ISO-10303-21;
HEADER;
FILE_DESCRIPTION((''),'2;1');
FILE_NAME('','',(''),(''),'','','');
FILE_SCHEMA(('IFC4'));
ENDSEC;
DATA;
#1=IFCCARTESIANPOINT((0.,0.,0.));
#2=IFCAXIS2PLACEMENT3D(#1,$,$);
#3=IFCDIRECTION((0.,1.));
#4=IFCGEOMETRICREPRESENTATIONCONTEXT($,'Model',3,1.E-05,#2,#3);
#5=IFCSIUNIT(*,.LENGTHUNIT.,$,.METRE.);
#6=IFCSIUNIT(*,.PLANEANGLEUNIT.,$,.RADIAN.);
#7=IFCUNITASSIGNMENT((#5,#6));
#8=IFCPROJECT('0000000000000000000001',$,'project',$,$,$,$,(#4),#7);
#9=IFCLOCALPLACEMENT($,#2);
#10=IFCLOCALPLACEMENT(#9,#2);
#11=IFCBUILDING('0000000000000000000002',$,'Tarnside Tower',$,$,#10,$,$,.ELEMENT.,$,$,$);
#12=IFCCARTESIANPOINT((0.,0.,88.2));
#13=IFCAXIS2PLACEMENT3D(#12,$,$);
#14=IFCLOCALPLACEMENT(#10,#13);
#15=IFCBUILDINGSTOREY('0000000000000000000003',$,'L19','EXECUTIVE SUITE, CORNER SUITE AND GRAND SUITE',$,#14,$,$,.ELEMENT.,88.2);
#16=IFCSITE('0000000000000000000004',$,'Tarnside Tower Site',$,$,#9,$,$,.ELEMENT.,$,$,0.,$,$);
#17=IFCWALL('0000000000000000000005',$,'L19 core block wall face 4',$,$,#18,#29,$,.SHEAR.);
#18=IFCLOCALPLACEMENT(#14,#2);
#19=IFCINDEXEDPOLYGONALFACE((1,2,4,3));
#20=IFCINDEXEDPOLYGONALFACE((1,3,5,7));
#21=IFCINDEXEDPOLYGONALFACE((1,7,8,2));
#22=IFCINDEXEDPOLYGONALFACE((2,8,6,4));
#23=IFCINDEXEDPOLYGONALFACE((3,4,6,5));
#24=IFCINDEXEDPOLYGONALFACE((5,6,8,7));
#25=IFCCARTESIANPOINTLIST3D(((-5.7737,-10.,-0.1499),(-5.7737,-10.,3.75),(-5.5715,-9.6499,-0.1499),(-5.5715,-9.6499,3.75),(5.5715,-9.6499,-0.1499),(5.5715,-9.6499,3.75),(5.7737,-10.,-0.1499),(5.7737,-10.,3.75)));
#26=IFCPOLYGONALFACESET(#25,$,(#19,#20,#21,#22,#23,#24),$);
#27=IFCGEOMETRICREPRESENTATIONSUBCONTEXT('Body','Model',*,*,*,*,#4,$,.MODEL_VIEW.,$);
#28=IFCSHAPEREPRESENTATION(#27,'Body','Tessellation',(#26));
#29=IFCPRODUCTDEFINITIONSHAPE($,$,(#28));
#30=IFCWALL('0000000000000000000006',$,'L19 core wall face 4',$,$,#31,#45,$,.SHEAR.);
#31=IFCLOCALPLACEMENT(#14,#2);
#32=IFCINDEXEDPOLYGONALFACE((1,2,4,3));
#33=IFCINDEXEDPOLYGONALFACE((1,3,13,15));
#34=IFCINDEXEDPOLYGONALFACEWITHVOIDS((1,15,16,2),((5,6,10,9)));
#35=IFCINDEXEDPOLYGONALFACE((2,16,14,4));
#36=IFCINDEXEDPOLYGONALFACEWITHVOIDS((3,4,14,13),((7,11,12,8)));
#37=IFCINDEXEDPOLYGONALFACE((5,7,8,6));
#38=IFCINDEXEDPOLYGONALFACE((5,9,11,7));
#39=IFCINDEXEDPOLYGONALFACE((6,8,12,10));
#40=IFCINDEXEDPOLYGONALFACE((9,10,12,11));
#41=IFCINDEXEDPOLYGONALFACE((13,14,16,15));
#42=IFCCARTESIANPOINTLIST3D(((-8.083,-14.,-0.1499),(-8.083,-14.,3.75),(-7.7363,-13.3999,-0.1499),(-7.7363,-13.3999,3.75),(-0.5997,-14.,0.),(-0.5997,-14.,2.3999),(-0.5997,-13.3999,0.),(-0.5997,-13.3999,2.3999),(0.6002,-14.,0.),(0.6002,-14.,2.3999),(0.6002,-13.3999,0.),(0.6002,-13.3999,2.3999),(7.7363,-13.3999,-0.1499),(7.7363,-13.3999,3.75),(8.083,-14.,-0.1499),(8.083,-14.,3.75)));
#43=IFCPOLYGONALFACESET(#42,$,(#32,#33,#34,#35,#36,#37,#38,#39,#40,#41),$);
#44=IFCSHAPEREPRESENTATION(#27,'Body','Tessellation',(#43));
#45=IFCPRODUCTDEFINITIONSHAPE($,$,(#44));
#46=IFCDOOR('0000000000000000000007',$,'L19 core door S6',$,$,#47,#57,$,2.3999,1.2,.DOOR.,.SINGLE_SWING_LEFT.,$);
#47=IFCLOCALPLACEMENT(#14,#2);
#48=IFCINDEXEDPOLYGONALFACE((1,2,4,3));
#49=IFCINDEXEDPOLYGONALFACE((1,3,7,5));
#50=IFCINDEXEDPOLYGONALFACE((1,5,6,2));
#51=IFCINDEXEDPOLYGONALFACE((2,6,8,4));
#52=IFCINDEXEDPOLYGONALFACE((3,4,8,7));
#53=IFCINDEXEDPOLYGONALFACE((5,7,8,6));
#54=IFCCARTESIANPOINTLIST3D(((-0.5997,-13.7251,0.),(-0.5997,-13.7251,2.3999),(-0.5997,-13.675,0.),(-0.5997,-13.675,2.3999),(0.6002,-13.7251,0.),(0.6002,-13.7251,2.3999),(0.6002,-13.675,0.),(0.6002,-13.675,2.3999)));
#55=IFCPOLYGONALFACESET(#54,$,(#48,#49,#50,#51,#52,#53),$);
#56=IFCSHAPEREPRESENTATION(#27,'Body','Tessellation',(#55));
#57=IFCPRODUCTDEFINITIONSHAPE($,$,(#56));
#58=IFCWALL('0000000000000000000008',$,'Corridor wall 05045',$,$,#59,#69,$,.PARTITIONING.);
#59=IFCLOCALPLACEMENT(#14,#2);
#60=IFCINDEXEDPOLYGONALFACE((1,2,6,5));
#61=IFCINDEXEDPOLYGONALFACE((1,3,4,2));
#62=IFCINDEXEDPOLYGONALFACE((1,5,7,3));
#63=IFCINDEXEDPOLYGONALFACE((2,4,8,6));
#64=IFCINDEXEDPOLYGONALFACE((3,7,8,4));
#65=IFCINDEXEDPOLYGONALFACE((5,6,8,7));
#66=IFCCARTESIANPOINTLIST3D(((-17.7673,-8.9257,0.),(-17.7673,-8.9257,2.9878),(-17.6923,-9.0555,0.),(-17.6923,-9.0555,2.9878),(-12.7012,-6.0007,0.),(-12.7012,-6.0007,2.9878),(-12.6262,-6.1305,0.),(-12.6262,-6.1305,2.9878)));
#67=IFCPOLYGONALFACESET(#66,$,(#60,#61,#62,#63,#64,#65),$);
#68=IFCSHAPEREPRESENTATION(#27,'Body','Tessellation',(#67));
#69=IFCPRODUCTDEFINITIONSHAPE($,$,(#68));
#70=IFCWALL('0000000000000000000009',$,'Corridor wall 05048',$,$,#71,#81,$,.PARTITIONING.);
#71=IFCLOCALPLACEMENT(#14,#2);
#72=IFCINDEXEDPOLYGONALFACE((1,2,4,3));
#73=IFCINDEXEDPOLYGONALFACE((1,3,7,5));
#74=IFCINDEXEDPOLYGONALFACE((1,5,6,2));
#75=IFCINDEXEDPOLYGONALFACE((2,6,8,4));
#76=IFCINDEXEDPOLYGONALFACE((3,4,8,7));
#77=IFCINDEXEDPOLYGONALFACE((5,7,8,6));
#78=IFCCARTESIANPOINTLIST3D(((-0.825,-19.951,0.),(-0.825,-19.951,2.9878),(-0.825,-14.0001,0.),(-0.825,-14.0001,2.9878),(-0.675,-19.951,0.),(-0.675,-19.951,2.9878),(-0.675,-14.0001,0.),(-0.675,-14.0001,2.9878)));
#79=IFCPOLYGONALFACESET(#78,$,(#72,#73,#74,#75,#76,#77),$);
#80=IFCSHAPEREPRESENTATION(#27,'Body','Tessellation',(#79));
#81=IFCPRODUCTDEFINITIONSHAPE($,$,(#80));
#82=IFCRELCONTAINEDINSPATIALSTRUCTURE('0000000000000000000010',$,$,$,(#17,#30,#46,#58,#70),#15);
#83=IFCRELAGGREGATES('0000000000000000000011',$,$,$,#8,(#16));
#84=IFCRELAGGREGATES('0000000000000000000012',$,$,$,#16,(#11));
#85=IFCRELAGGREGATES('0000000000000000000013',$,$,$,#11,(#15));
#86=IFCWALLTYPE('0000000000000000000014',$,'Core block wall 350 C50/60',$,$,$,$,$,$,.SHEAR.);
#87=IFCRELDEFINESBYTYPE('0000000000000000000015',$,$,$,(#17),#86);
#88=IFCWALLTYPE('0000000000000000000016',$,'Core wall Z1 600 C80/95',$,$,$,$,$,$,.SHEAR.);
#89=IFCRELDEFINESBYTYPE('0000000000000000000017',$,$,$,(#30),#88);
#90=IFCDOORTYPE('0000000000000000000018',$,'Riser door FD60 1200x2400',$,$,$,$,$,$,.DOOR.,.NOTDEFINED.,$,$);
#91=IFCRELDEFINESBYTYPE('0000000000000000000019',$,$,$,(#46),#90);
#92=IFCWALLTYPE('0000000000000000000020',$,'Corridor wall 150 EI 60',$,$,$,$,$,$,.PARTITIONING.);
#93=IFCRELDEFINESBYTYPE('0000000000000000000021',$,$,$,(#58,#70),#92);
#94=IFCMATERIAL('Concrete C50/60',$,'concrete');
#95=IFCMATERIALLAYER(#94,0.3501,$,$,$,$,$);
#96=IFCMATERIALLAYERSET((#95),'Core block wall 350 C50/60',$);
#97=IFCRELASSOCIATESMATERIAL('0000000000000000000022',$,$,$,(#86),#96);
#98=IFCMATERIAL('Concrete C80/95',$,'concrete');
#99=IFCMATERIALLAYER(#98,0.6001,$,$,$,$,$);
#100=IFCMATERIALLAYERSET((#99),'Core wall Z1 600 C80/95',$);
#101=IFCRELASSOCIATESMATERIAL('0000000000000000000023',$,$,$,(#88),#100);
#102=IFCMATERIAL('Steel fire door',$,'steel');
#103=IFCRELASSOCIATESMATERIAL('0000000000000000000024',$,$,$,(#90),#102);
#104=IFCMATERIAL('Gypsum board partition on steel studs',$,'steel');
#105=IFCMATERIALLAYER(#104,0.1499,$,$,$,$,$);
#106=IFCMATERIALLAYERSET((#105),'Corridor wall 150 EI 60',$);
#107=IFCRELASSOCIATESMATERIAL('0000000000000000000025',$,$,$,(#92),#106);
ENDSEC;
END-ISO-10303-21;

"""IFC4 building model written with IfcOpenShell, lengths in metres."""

from ifc_helpers import new_model, si_unit, direction, frame, frame_2d, origin, place, context, subcontext, project, spatial, polyline, rectangle, outline, extrude, material, layer, layer_set, type_object, element, fill, save


model = new_model("IFC4")

# Units and contexts
model_context = context("Model", 3, precision=1e-05, world=origin(), true_north=direction((0.0, 1.0)))
body_context = subcontext(model_context, "Body", "Model", "MODEL_VIEW")
ifc_project = project(units=[si_unit("LENGTHUNIT", "METRE"), si_unit("PLANEANGLEUNIT", "RADIAN")], contexts=[model_context])

# Site, building, storey
site_placement = place(None, origin())
site = spatial("IfcSite", under=ifc_project, at=site_placement, Name="Tarnside Tower Site", CompositionType="ELEMENT", RefElevation=0.0)
building_placement = place(site_placement, origin())
building = spatial("IfcBuilding", under=site, at=building_placement, Name="Tarnside Tower", CompositionType="ELEMENT")
storey_placement = place(building_placement, frame((0.0, 0.0, 88.2)))
storey = spatial("IfcBuildingStorey", under=building, at=storey_placement, Name="L19", Description="EXECUTIVE SUITE, CORNER SUITE AND GRAND SUITE", CompositionType="ELEMENT", Elevation=88.2)

# Wall
ifc_material_1 = material(Name="Concrete C50/60", Category="concrete")
ifc_layer_1 = layer(ifc_material_1, 0.3501)
ifc_layer_set_1 = layer_set([ifc_layer_1], Name="Core block wall 350 C50/60")
wall_type_1 = type_object("IfcWallType", Name="Core block wall 350 C50/60", PredefinedType="SHEAR", material=ifc_layer_set_1)
wall_1_placement = place(storey_placement, frame((-5.6726, -9.825, -0.1499), z_axis=(0.0, 0.0, 1.0), x_axis=(1.0, 0.0, 0.0)))
element("IfcWall", 1, at=wall_1_placement, inside=storey, type_object=wall_type_1, Name="L19 core block wall face 4", PredefinedType="SHEAR", context=body_context, shape_type="SweptSolid", body=[
    extrude(outline(polyline([(-0.1011, -0.175), (11.4463, -0.175), (11.2441, 0.175), (0.1011, 0.175), (-0.1011, -0.175)])), origin(), (0.0, 0.0, 1.0), 3.8999),
])

# Wall, opening, door
ifc_material_2 = material(Name="Concrete C80/95", Category="concrete")
ifc_layer_2 = layer(ifc_material_2, 0.6001)
ifc_layer_set_2 = layer_set([ifc_layer_2], Name="Core wall Z1 600 C80/95")
wall_type_2 = type_object("IfcWallType", Name="Core wall Z1 600 C80/95", PredefinedType="SHEAR", material=ifc_layer_set_2)
wall_2_placement = place(storey_placement, frame((-7.9097, -13.7, -0.1499), z_axis=(0.0, 0.0, 1.0), x_axis=(1.0, 0.0, 0.0)))
wall_2 = element("IfcWall", 2, at=wall_2_placement, inside=storey, type_object=wall_type_2, Name="L19 core wall face 4", PredefinedType="SHEAR", context=body_context, shape_type="SweptSolid", body=[
    extrude(outline(polyline([(-0.1733, -0.3), (15.9927, -0.3), (15.646, 0.3), (0.1733, 0.3), (-0.1733, -0.3)])), origin(), (0.0, 0.0, 1.0), 3.8999),
])
opening_1_placement = place(wall_2_placement, frame((7.3098, 0.0, 0.1499)))
opening_1 = element("IfcOpeningElement", 3, at=opening_1_placement, cuts=wall_2, PredefinedType="OPENING", context=body_context, shape_type="SweptSolid", body=[
    extrude(rectangle(XDim=1.2, YDim=2.3999, at=frame_2d((0.6001, 1.2))), frame((0.0, 0.3101, 0.0), z_axis=(0.0, -1.0, 0.0), x_axis=(1.0, 0.0, 0.0)), (0.0, 0.0, 1.0), 0.6201),
])
ifc_material_3 = material(Name="Steel fire door", Category="steel")
door_type_1 = type_object("IfcDoorType", Name="Riser door FD60 1200x2400", OperationType="NOTDEFINED", PredefinedType="DOOR", material=ifc_material_3)
door_1_placement = place(opening_1_placement, origin())
door_1 = element("IfcDoor", 4, at=door_1_placement, inside=storey, type_object=door_type_1, Name="L19 core door S6", OperationType="SINGLE_SWING_LEFT", OverallHeight=2.3999, OverallWidth=1.2, PredefinedType="DOOR", context=body_context, shape_type="SweptSolid", body=[
    extrude(rectangle(XDim=1.2, YDim=2.3999, at=frame_2d((0.6001, 1.2))), frame((0.0, 0.0249, 0.0), z_axis=(0.0, -1.0, 0.0), x_axis=(1.0, 0.0, 0.0)), (0.0, 0.0, 1.0), 0.05),
])
fill(opening_1, door_1)

# Walls
ifc_material_4 = material(Name="Gypsum board partition on steel studs", Category="steel")
ifc_layer_3 = layer(ifc_material_4, 0.1499)
ifc_layer_set_3 = layer_set([ifc_layer_3], Name="Corridor wall 150 EI 60")
wall_type_3 = type_object("IfcWallType", Name="Corridor wall 150 EI 60", PredefinedType="PARTITIONING", material=ifc_layer_set_3)
wall_3_placement = place(storey_placement, frame((-12.6638, -6.0657, 0.0), z_axis=(0.0, 0.0, 1.0), x_axis=(-0.866018, -0.500013, 0.0)))
element("IfcWall", 5, at=wall_3_placement, inside=storey, type_object=wall_type_3, Name="Corridor wall 05045", PredefinedType="PARTITIONING", context=body_context, shape_type="SweptSolid", body=[
    extrude(rectangle(XDim=5.8499, YDim=0.1499, at=frame_2d((2.9248, 0.0))), origin(), (0.0, 0.0, 1.0), 2.9878),
])
wall_4_placement = place(storey_placement, frame((-0.75, -14.0, 0.0), z_axis=(0.0, 0.0, 1.0), x_axis=(0.0, -1.0, 0.0)))
element("IfcWall", 6, at=wall_4_placement, inside=storey, type_object=wall_type_3, Name="Corridor wall 05048", PredefinedType="PARTITIONING", context=body_context, shape_type="SweptSolid", body=[
    extrude(rectangle(XDim=5.9509, YDim=0.1499, at=frame_2d((2.9756, 0.0))), origin(), (0.0, 0.0, 1.0), 2.9878),
])

save(model, "model.ifc")
